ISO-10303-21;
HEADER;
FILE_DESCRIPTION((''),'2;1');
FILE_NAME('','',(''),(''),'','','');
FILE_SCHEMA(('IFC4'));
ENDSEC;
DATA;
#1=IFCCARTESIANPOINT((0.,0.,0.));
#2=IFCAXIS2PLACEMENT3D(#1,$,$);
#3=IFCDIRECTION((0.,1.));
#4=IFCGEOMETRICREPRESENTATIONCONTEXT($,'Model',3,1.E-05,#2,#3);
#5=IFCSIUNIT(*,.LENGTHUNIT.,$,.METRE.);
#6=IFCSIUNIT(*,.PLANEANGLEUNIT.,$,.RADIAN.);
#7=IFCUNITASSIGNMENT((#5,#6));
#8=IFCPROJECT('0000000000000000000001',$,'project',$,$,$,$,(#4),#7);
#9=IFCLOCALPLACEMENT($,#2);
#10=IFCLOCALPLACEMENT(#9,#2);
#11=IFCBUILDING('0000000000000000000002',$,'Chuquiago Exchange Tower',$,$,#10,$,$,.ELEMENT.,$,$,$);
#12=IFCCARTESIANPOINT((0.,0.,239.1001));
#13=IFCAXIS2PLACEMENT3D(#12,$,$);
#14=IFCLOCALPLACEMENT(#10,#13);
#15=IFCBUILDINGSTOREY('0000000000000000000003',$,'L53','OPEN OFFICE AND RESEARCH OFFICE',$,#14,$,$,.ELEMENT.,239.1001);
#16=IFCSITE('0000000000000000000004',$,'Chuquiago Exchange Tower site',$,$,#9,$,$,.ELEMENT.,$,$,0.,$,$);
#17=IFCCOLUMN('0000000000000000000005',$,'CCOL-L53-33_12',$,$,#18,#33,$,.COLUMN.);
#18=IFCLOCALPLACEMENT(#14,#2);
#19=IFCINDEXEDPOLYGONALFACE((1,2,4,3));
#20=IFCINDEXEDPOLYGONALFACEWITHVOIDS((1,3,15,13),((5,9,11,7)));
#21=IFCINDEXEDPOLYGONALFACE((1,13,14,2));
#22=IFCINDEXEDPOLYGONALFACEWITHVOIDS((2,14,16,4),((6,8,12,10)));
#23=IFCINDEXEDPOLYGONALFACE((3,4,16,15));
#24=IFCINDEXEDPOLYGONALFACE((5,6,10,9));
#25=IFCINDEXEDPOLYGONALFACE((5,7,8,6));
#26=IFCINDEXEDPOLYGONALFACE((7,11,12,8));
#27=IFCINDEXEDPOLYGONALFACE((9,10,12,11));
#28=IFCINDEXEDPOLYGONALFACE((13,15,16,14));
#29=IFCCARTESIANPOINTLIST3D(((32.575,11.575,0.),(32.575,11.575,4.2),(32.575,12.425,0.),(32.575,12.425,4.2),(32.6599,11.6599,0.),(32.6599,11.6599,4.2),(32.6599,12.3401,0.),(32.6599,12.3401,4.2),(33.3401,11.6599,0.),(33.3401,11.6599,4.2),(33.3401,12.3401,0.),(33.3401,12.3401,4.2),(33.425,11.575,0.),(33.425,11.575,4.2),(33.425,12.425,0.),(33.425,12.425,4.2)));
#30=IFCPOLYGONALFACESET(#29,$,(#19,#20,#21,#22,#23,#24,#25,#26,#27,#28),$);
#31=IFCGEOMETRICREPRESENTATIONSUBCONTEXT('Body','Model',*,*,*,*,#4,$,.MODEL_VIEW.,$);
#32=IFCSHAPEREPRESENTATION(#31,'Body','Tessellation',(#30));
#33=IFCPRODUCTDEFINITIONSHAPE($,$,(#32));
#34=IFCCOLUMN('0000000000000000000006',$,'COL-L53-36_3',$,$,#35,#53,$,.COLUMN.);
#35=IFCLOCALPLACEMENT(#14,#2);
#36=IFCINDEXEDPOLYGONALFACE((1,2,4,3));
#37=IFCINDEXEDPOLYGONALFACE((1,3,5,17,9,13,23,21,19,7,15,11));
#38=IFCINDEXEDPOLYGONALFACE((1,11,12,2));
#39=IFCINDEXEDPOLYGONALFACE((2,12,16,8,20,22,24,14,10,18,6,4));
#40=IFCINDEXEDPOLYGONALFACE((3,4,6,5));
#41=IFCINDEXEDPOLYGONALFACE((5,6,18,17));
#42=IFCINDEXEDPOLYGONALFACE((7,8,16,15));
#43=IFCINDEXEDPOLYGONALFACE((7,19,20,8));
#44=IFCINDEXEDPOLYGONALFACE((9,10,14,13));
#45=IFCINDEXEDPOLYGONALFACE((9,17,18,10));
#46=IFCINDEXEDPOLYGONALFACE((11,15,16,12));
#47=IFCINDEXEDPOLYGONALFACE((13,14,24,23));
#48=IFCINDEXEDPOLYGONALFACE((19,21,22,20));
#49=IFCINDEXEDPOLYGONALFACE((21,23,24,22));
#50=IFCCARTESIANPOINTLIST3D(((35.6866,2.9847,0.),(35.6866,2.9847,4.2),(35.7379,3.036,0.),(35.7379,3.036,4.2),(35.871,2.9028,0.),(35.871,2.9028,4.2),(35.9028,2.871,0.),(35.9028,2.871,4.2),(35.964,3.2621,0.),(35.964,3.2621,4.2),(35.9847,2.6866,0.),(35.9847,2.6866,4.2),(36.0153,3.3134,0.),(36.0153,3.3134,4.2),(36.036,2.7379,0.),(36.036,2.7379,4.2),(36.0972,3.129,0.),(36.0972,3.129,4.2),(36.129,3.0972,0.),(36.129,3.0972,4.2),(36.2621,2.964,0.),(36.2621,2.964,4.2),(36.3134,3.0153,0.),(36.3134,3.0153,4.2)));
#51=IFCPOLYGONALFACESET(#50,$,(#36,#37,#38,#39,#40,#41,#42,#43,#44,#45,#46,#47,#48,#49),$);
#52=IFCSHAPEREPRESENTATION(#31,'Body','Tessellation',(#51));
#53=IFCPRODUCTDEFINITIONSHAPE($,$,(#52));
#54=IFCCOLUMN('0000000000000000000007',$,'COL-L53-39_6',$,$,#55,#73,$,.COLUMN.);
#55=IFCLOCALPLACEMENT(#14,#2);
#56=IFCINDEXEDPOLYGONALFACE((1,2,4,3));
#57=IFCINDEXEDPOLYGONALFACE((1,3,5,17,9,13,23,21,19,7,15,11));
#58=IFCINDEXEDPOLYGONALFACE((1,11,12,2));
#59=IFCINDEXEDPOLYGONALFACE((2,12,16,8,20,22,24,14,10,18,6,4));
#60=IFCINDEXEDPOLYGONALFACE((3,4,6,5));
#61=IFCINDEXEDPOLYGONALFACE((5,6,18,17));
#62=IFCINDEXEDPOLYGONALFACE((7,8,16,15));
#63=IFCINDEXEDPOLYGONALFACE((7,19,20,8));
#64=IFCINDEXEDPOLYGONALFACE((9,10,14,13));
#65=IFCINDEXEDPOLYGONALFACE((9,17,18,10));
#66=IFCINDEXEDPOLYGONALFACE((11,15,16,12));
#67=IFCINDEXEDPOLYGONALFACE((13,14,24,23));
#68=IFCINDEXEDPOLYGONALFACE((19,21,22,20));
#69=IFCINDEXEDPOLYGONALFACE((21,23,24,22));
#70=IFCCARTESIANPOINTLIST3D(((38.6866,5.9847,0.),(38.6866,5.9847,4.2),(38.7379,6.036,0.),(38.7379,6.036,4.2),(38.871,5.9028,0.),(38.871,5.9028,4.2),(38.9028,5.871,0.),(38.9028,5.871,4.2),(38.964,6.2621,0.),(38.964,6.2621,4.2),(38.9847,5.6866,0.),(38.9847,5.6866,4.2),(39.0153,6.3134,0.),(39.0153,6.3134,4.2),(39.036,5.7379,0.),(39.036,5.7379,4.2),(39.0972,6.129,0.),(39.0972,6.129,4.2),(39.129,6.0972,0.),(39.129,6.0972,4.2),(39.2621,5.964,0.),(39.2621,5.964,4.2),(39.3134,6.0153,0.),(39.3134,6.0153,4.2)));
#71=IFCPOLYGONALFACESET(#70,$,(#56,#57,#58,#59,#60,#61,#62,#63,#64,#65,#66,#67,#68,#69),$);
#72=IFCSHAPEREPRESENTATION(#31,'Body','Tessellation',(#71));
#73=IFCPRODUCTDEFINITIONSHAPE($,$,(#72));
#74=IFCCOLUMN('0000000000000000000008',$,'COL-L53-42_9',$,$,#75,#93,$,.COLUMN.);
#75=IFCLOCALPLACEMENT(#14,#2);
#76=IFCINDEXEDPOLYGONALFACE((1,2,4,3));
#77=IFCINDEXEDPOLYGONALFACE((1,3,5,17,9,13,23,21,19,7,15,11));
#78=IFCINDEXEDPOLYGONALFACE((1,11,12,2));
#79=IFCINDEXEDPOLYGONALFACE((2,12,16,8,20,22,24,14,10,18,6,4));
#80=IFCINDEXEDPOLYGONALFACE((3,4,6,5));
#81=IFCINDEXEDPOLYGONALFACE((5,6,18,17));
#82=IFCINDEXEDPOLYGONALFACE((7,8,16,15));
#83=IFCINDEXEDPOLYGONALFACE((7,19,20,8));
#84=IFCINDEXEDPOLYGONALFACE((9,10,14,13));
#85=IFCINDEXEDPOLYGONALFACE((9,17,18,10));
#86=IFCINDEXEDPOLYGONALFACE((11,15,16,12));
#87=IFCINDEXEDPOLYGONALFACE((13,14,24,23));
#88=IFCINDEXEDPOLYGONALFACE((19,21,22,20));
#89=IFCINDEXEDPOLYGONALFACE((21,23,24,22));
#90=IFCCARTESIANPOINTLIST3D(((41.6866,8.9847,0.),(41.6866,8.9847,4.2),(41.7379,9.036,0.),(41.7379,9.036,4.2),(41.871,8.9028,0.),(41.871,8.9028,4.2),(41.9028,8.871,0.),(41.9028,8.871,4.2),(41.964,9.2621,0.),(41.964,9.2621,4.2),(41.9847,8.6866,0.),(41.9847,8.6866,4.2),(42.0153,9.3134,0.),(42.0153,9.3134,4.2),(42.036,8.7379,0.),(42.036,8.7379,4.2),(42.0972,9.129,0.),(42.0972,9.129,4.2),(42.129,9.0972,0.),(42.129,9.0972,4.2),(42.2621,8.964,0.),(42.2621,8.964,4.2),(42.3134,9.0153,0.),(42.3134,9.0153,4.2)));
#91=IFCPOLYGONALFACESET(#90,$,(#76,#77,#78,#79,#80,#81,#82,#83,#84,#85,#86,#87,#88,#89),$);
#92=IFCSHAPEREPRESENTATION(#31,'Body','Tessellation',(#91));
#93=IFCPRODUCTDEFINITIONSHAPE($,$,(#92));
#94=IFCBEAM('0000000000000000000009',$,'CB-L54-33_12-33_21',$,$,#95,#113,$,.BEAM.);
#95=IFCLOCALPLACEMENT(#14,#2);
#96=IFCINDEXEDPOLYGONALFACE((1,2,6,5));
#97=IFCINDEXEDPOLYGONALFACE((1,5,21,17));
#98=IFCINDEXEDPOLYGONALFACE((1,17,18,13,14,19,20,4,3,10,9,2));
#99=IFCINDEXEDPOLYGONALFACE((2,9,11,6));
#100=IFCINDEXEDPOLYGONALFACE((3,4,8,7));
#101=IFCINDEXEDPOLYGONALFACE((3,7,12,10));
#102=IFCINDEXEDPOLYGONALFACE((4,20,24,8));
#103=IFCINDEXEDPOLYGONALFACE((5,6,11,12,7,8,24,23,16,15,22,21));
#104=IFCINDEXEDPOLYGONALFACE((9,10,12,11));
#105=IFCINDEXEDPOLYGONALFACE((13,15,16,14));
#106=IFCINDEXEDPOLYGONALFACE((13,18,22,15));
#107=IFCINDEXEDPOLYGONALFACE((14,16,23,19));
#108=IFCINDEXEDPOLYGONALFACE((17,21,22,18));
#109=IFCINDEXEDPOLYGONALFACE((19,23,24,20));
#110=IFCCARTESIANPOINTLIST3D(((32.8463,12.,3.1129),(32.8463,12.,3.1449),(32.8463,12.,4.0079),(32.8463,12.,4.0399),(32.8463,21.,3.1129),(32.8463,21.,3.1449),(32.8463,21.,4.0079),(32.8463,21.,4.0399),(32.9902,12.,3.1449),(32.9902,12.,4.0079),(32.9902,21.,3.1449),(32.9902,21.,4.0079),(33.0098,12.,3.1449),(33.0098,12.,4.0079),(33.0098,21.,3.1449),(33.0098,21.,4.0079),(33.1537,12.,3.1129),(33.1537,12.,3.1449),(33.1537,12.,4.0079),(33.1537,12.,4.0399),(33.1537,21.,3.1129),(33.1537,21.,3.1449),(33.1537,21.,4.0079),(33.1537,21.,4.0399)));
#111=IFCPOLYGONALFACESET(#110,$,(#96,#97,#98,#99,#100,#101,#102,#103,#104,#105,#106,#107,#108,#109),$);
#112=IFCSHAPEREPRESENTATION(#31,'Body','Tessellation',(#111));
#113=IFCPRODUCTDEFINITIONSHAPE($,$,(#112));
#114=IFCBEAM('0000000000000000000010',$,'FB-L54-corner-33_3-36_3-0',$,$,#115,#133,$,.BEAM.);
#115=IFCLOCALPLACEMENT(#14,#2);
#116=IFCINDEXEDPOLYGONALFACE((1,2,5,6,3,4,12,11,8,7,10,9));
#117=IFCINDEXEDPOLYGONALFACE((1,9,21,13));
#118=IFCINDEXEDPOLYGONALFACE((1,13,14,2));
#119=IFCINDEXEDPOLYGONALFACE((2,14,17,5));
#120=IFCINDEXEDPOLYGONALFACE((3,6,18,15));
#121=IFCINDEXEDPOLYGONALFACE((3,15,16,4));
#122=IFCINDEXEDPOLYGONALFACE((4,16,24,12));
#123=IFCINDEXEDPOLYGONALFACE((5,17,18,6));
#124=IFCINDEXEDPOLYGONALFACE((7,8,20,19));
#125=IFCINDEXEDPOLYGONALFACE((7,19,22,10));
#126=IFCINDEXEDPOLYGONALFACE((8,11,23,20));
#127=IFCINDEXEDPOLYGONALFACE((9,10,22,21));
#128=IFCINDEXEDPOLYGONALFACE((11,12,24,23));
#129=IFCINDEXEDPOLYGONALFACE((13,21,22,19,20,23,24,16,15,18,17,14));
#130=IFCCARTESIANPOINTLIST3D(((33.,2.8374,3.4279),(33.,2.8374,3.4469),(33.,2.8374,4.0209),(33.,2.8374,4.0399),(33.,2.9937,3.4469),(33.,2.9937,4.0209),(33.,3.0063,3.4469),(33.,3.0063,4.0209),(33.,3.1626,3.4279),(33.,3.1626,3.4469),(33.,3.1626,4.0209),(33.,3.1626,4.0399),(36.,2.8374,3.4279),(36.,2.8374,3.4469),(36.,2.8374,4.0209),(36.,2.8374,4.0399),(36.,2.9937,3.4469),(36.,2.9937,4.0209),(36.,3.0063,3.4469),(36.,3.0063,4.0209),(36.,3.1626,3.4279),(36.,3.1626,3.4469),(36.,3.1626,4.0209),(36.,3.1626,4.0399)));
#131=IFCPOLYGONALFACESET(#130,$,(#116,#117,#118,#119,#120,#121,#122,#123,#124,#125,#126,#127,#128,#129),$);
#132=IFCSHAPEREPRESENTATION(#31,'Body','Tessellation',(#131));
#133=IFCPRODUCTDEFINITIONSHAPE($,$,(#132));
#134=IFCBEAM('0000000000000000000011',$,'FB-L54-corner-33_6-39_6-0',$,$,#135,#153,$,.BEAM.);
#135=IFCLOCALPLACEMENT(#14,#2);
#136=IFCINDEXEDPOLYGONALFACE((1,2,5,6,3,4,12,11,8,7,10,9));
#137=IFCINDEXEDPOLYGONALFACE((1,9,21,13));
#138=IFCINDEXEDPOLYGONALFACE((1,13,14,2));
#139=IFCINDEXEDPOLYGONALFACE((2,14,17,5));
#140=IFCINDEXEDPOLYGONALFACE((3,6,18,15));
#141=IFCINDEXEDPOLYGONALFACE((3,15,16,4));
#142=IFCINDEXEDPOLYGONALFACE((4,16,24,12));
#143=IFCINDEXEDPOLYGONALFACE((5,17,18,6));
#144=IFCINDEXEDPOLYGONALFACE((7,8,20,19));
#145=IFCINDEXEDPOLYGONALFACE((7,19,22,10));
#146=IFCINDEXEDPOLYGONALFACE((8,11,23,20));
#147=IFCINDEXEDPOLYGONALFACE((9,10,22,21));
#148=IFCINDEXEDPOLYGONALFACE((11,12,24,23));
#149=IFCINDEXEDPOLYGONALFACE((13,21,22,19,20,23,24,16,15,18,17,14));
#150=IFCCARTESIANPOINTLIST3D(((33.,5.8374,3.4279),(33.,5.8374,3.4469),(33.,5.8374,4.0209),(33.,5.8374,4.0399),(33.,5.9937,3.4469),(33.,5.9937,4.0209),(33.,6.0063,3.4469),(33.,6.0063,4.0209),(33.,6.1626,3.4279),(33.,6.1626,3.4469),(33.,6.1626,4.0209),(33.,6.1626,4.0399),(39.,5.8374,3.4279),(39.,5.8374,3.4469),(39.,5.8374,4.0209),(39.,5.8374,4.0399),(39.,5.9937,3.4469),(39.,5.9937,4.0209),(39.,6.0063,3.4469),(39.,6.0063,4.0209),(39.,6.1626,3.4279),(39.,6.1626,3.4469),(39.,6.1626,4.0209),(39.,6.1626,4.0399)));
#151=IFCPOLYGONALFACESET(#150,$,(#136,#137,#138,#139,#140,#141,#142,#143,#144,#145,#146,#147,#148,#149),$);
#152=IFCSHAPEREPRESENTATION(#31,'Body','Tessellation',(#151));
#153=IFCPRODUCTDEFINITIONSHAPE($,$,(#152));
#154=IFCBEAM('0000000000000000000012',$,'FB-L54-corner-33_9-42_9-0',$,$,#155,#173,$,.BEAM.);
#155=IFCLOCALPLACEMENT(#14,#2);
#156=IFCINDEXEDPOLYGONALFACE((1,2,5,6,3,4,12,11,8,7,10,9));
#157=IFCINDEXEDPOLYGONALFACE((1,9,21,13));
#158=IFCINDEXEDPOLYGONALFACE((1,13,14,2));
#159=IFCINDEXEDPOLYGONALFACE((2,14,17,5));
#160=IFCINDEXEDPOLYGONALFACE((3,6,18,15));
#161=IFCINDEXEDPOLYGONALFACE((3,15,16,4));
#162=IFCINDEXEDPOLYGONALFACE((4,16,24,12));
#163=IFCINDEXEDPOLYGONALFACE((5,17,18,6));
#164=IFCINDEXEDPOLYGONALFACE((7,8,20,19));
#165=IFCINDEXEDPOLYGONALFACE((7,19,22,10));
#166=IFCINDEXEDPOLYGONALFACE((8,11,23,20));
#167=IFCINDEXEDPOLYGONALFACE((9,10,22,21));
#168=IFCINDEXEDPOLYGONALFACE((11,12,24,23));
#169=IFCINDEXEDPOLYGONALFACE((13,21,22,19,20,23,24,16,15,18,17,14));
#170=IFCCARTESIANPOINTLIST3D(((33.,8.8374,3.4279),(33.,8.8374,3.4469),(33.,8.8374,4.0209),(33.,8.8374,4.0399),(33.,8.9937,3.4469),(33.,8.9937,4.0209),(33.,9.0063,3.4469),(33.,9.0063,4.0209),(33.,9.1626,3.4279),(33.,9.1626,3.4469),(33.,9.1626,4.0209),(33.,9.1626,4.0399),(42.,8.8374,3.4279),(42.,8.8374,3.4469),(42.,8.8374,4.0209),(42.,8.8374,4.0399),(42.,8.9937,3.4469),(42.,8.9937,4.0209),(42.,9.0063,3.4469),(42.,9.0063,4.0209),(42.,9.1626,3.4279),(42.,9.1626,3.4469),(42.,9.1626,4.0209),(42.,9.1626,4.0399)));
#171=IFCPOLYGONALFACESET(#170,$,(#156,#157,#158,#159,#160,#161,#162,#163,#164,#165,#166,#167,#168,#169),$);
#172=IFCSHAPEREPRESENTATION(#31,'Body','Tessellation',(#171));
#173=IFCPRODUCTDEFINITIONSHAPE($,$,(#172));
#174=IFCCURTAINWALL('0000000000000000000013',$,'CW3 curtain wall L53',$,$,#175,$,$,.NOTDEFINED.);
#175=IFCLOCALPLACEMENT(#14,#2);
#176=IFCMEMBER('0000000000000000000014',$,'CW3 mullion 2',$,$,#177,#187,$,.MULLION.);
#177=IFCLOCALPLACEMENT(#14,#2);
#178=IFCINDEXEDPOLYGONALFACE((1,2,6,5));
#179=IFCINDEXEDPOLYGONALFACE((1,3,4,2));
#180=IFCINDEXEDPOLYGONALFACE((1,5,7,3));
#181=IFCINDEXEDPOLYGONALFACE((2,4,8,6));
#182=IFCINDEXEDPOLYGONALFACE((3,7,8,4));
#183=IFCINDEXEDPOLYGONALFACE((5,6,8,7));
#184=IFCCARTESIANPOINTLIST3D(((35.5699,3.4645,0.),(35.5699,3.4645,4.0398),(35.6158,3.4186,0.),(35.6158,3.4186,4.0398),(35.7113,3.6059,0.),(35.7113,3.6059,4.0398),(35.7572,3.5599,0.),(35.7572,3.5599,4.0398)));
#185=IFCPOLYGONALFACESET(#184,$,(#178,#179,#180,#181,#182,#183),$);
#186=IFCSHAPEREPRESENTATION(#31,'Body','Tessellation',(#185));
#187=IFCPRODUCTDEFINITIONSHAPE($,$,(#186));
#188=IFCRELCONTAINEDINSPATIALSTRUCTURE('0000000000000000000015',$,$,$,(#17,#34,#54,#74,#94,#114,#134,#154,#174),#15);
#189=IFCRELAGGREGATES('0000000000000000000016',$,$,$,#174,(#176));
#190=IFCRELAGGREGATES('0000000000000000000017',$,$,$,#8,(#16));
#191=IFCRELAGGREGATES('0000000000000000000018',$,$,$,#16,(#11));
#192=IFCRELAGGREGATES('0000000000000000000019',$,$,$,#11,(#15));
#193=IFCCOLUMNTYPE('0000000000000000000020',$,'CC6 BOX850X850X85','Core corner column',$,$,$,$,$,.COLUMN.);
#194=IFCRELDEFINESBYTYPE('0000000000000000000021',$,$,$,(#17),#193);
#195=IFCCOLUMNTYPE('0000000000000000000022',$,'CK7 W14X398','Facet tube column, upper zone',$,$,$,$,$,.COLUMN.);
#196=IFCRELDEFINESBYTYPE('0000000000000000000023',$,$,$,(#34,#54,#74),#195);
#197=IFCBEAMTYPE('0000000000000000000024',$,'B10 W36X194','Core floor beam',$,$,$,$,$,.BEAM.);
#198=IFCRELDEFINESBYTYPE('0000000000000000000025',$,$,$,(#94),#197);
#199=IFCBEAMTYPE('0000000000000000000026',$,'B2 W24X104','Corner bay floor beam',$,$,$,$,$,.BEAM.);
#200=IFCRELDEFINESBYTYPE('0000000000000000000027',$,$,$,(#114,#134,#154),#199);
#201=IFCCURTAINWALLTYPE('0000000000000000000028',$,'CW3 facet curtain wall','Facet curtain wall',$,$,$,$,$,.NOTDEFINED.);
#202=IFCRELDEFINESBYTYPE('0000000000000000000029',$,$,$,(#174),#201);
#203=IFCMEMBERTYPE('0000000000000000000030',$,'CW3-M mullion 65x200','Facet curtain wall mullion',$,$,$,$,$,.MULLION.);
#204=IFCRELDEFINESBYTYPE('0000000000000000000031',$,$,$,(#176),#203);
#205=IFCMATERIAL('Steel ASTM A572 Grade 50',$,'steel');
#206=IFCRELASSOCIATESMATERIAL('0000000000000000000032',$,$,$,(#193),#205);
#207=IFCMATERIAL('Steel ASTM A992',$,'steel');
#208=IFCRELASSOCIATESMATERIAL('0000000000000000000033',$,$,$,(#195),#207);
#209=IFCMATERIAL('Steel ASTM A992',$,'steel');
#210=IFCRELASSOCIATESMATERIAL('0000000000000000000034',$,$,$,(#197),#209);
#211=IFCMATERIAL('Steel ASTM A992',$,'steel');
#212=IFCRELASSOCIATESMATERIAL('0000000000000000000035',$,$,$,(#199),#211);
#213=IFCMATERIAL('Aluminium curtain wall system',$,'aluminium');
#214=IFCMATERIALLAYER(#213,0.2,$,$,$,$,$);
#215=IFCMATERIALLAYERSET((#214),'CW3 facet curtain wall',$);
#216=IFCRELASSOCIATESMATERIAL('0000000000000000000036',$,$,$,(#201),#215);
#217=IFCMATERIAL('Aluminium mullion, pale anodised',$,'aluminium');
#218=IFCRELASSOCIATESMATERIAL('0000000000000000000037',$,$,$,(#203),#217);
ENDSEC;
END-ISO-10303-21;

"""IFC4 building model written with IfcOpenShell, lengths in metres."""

from ifc_helpers import new_model, si_unit, direction, frame, origin, origin_2d, place, context, subcontext, project, spatial, rectangle, hollow_rectangle, i_section, extrude, material, layer, layer_set, material_profile, profile_set, type_object, element, aggregate, save


model = new_model("IFC4")

# Units and contexts
model_context = context("Model", 3, precision=1e-05, world=origin(), true_north=direction((0.0, 1.0)))
body_context = subcontext(model_context, "Body", "Model", "MODEL_VIEW")
ifc_project = project(units=[si_unit("LENGTHUNIT", "METRE"), si_unit("PLANEANGLEUNIT", "RADIAN")], contexts=[model_context])

# Site, building, storey
site_placement = place(None, origin())
site = spatial("IfcSite", under=ifc_project, at=site_placement, Name="Chuquiago Exchange Tower site", CompositionType="ELEMENT", RefElevation=0.0)
building_placement = place(site_placement, origin())
building = spatial("IfcBuilding", under=site, at=building_placement, Name="Chuquiago Exchange Tower", CompositionType="ELEMENT")
storey_placement = place(building_placement, frame((0.0, 0.0, 239.1001)))
storey = spatial("IfcBuildingStorey", under=building, at=storey_placement, Name="L53", Description="OPEN OFFICE AND RESEARCH OFFICE", CompositionType="ELEMENT", Elevation=239.1001)

# Columns
ifc_material_1 = material(Name="Steel ASTM A572 Grade 50", Category="steel")
ifc_material_profile_1 = material_profile(ifc_material_1, hollow_rectangle(XDim=0.8501, YDim=0.8501, WallThickness=0.085, at=origin_2d()), Name="BOX850X850X85")
ifc_profile_set_1 = profile_set([ifc_material_profile_1], Name="Steel ASTM A572 Grade 50")
column_type_1 = type_object("IfcColumnType", Name="CC6 BOX850X850X85", Description="Core corner column", PredefinedType="COLUMN", material=ifc_profile_set_1)
column_placement = place(storey_placement, frame((33.0, 12.0, 0.0), z_axis=(0.0, 0.0, 1.0), x_axis=(1.0, 0.0, 0.0)))
element("IfcColumn", 1, at=column_placement, inside=storey, type_object=column_type_1, Name="CCOL-L53-33_12", PredefinedType="COLUMN", context=body_context, shape_type="SweptSolid", body=[
    extrude(hollow_rectangle(XDim=0.8501, YDim=0.8501, WallThickness=0.085, at=origin_2d()), origin(), (0.0, 0.0, 1.0), 4.2),
])
ifc_material_2 = material(Name="Steel ASTM A992", Category="steel")
ifc_material_profile_2 = material_profile(ifc_material_2, i_section(OverallWidth=0.4216, OverallDepth=0.4648, WebThickness=0.0449, FlangeThickness=0.0725, at=origin_2d()), Name="W14X398")
ifc_profile_set_2 = profile_set([ifc_material_profile_2], Name="Steel ASTM A992")
column_type_2 = type_object("IfcColumnType", Name="CK7 W14X398", Description="Facet tube column, upper zone", PredefinedType="COLUMN", material=ifc_profile_set_2)
for number, where, z_axis, x_axis, name in (
    (2, (36.0, 3.0, 0.0), (0.0, 0.0, 1.0), (0.707107, -0.707107, 0.0), "COL-L53-36_3"),
    (3, (39.0, 6.0, 0.0), (0.0, 0.0, 1.0), (0.707107, -0.707107, 0.0), "COL-L53-39_6"),
    (4, (42.0, 9.0, 0.0), (0.0, 0.0, 1.0), (0.707107, -0.707107, 0.0), "COL-L53-42_9"),
):
    element("IfcColumn", number, at=place(storey_placement, frame(where, z_axis=z_axis, x_axis=x_axis)), inside=storey, type_object=column_type_2, Name=name, PredefinedType="COLUMN", context=body_context, shape_type="SweptSolid", body=[
        extrude(i_section(OverallWidth=0.4216, OverallDepth=0.4648, WebThickness=0.0449, FlangeThickness=0.0725, at=origin_2d()), origin(), (0.0, 0.0, 1.0), 4.2),
    ])

# Beams
ifc_material_3 = material(Name="Steel ASTM A992", Category="steel")
ifc_material_profile_3 = material_profile(ifc_material_3, i_section(OverallWidth=0.3074, OverallDepth=0.927, WebThickness=0.0195, FlangeThickness=0.032, at=origin_2d()), Name="W36X194")
ifc_profile_set_3 = profile_set([ifc_material_profile_3], Name="Steel ASTM A992")
beam_type_1 = type_object("IfcBeamType", Name="B10 W36X194", Description="Core floor beam", PredefinedType="BEAM", material=ifc_profile_set_3)
beam_1_placement = place(storey_placement, frame((33.0, 12.0, 3.5764), z_axis=(0.0, 1.0, 0.0), x_axis=(-1.0, 0.0, 0.0)))
element("IfcBeam", 5, at=beam_1_placement, inside=storey, type_object=beam_type_1, Name="CB-L54-33_12-33_21", PredefinedType="BEAM", context=body_context, shape_type="SweptSolid", body=[
    extrude(i_section(OverallWidth=0.3074, OverallDepth=0.927, WebThickness=0.0195, FlangeThickness=0.032, at=origin_2d()), origin(), (0.0, 0.0, 1.0), 9.0),
])
ifc_material_4 = material(Name="Steel ASTM A992", Category="steel")
ifc_material_profile_4 = material_profile(ifc_material_4, i_section(OverallWidth=0.3252, OverallDepth=0.6121, WebThickness=0.0127, FlangeThickness=0.019, at=origin_2d()), Name="W24X104")
ifc_profile_set_4 = profile_set([ifc_material_profile_4], Name="Steel ASTM A992")
beam_type_2 = type_object("IfcBeamType", Name="B2 W24X104", Description="Corner bay floor beam", PredefinedType="BEAM", material=ifc_profile_set_4)
beam_2_placement = place(storey_placement, frame((33.0, 3.0, 3.7339), z_axis=(1.0, 0.0, 0.0), x_axis=(0.0, 1.0, 0.0)))
element("IfcBeam", 6, at=beam_2_placement, inside=storey, type_object=beam_type_2, Name="FB-L54-corner-33_3-36_3-0", PredefinedType="BEAM", context=body_context, shape_type="SweptSolid", body=[
    extrude(i_section(OverallWidth=0.3252, OverallDepth=0.6121, WebThickness=0.0127, FlangeThickness=0.019, at=origin_2d()), origin(), (0.0, 0.0, 1.0), 3.0),
])
beam_3_placement = place(storey_placement, frame((33.0, 6.0, 3.7339), z_axis=(1.0, 0.0, 0.0), x_axis=(0.0, 1.0, 0.0)))
element("IfcBeam", 7, at=beam_3_placement, inside=storey, type_object=beam_type_2, Name="FB-L54-corner-33_6-39_6-0", PredefinedType="BEAM", context=body_context, shape_type="SweptSolid", body=[
    extrude(i_section(OverallWidth=0.3252, OverallDepth=0.6121, WebThickness=0.0127, FlangeThickness=0.019, at=origin_2d()), origin(), (0.0, 0.0, 1.0), 6.0),
])
beam_4_placement = place(storey_placement, frame((33.0, 9.0, 3.7339), z_axis=(1.0, 0.0, 0.0), x_axis=(0.0, 1.0, 0.0)))
element("IfcBeam", 8, at=beam_4_placement, inside=storey, type_object=beam_type_2, Name="FB-L54-corner-33_9-42_9-0", PredefinedType="BEAM", context=body_context, shape_type="SweptSolid", body=[
    extrude(i_section(OverallWidth=0.3252, OverallDepth=0.6121, WebThickness=0.0127, FlangeThickness=0.019, at=origin_2d()), origin(), (0.0, 0.0, 1.0), 9.0),
])

# Curtain wall, member
ifc_material_5 = material(Name="Aluminium curtain wall system", Category="aluminium")
ifc_layer_1 = layer(ifc_material_5, 0.2)
ifc_layer_set_1 = layer_set([ifc_layer_1], Name="CW3 facet curtain wall")
curtain_wall_type = type_object("IfcCurtainWallType", Name="CW3 facet curtain wall", Description="Facet curtain wall", PredefinedType="NOTDEFINED", material=ifc_layer_set_1)
curtain_wall_placement = place(storey_placement, origin())
curtain_wall = element("IfcCurtainWall", 9, at=curtain_wall_placement, inside=storey, type_object=curtain_wall_type, Name="CW3 curtain wall L53", PredefinedType="NOTDEFINED")
ifc_material_6 = material(Name="Aluminium mullion, pale anodised", Category="aluminium")
ifc_material_profile_5 = material_profile(ifc_material_6, rectangle(XDim=0.0649, YDim=0.2, at=origin_2d()), Name="AL 65x200")
ifc_profile_set_5 = profile_set([ifc_material_profile_5], Name="Aluminium mullion, pale anodised")
member_type_1 = type_object("IfcMemberType", Name="CW3-M mullion 65x200", Description="Facet curtain wall mullion", PredefinedType="MULLION", material=ifc_profile_set_5)
member_1_placement = place(storey_placement, frame((35.6636, 3.5122, 0.0), z_axis=(0.0, 0.0, 1.0), x_axis=(-0.707107, 0.707107, 0.0)))
member_1 = element("IfcMember", 10, at=member_1_placement, type_object=member_type_1, Name="CW3 mullion 2", PredefinedType="MULLION", context=body_context, shape_type="SweptSolid", body=[
    extrude(rectangle(XDim=0.0649, YDim=0.2, at=origin_2d()), origin(), (0.0, 0.0, 1.0), 4.0398),
])

aggregate(curtain_wall, [member_1])

save(model, "model.ifc")
